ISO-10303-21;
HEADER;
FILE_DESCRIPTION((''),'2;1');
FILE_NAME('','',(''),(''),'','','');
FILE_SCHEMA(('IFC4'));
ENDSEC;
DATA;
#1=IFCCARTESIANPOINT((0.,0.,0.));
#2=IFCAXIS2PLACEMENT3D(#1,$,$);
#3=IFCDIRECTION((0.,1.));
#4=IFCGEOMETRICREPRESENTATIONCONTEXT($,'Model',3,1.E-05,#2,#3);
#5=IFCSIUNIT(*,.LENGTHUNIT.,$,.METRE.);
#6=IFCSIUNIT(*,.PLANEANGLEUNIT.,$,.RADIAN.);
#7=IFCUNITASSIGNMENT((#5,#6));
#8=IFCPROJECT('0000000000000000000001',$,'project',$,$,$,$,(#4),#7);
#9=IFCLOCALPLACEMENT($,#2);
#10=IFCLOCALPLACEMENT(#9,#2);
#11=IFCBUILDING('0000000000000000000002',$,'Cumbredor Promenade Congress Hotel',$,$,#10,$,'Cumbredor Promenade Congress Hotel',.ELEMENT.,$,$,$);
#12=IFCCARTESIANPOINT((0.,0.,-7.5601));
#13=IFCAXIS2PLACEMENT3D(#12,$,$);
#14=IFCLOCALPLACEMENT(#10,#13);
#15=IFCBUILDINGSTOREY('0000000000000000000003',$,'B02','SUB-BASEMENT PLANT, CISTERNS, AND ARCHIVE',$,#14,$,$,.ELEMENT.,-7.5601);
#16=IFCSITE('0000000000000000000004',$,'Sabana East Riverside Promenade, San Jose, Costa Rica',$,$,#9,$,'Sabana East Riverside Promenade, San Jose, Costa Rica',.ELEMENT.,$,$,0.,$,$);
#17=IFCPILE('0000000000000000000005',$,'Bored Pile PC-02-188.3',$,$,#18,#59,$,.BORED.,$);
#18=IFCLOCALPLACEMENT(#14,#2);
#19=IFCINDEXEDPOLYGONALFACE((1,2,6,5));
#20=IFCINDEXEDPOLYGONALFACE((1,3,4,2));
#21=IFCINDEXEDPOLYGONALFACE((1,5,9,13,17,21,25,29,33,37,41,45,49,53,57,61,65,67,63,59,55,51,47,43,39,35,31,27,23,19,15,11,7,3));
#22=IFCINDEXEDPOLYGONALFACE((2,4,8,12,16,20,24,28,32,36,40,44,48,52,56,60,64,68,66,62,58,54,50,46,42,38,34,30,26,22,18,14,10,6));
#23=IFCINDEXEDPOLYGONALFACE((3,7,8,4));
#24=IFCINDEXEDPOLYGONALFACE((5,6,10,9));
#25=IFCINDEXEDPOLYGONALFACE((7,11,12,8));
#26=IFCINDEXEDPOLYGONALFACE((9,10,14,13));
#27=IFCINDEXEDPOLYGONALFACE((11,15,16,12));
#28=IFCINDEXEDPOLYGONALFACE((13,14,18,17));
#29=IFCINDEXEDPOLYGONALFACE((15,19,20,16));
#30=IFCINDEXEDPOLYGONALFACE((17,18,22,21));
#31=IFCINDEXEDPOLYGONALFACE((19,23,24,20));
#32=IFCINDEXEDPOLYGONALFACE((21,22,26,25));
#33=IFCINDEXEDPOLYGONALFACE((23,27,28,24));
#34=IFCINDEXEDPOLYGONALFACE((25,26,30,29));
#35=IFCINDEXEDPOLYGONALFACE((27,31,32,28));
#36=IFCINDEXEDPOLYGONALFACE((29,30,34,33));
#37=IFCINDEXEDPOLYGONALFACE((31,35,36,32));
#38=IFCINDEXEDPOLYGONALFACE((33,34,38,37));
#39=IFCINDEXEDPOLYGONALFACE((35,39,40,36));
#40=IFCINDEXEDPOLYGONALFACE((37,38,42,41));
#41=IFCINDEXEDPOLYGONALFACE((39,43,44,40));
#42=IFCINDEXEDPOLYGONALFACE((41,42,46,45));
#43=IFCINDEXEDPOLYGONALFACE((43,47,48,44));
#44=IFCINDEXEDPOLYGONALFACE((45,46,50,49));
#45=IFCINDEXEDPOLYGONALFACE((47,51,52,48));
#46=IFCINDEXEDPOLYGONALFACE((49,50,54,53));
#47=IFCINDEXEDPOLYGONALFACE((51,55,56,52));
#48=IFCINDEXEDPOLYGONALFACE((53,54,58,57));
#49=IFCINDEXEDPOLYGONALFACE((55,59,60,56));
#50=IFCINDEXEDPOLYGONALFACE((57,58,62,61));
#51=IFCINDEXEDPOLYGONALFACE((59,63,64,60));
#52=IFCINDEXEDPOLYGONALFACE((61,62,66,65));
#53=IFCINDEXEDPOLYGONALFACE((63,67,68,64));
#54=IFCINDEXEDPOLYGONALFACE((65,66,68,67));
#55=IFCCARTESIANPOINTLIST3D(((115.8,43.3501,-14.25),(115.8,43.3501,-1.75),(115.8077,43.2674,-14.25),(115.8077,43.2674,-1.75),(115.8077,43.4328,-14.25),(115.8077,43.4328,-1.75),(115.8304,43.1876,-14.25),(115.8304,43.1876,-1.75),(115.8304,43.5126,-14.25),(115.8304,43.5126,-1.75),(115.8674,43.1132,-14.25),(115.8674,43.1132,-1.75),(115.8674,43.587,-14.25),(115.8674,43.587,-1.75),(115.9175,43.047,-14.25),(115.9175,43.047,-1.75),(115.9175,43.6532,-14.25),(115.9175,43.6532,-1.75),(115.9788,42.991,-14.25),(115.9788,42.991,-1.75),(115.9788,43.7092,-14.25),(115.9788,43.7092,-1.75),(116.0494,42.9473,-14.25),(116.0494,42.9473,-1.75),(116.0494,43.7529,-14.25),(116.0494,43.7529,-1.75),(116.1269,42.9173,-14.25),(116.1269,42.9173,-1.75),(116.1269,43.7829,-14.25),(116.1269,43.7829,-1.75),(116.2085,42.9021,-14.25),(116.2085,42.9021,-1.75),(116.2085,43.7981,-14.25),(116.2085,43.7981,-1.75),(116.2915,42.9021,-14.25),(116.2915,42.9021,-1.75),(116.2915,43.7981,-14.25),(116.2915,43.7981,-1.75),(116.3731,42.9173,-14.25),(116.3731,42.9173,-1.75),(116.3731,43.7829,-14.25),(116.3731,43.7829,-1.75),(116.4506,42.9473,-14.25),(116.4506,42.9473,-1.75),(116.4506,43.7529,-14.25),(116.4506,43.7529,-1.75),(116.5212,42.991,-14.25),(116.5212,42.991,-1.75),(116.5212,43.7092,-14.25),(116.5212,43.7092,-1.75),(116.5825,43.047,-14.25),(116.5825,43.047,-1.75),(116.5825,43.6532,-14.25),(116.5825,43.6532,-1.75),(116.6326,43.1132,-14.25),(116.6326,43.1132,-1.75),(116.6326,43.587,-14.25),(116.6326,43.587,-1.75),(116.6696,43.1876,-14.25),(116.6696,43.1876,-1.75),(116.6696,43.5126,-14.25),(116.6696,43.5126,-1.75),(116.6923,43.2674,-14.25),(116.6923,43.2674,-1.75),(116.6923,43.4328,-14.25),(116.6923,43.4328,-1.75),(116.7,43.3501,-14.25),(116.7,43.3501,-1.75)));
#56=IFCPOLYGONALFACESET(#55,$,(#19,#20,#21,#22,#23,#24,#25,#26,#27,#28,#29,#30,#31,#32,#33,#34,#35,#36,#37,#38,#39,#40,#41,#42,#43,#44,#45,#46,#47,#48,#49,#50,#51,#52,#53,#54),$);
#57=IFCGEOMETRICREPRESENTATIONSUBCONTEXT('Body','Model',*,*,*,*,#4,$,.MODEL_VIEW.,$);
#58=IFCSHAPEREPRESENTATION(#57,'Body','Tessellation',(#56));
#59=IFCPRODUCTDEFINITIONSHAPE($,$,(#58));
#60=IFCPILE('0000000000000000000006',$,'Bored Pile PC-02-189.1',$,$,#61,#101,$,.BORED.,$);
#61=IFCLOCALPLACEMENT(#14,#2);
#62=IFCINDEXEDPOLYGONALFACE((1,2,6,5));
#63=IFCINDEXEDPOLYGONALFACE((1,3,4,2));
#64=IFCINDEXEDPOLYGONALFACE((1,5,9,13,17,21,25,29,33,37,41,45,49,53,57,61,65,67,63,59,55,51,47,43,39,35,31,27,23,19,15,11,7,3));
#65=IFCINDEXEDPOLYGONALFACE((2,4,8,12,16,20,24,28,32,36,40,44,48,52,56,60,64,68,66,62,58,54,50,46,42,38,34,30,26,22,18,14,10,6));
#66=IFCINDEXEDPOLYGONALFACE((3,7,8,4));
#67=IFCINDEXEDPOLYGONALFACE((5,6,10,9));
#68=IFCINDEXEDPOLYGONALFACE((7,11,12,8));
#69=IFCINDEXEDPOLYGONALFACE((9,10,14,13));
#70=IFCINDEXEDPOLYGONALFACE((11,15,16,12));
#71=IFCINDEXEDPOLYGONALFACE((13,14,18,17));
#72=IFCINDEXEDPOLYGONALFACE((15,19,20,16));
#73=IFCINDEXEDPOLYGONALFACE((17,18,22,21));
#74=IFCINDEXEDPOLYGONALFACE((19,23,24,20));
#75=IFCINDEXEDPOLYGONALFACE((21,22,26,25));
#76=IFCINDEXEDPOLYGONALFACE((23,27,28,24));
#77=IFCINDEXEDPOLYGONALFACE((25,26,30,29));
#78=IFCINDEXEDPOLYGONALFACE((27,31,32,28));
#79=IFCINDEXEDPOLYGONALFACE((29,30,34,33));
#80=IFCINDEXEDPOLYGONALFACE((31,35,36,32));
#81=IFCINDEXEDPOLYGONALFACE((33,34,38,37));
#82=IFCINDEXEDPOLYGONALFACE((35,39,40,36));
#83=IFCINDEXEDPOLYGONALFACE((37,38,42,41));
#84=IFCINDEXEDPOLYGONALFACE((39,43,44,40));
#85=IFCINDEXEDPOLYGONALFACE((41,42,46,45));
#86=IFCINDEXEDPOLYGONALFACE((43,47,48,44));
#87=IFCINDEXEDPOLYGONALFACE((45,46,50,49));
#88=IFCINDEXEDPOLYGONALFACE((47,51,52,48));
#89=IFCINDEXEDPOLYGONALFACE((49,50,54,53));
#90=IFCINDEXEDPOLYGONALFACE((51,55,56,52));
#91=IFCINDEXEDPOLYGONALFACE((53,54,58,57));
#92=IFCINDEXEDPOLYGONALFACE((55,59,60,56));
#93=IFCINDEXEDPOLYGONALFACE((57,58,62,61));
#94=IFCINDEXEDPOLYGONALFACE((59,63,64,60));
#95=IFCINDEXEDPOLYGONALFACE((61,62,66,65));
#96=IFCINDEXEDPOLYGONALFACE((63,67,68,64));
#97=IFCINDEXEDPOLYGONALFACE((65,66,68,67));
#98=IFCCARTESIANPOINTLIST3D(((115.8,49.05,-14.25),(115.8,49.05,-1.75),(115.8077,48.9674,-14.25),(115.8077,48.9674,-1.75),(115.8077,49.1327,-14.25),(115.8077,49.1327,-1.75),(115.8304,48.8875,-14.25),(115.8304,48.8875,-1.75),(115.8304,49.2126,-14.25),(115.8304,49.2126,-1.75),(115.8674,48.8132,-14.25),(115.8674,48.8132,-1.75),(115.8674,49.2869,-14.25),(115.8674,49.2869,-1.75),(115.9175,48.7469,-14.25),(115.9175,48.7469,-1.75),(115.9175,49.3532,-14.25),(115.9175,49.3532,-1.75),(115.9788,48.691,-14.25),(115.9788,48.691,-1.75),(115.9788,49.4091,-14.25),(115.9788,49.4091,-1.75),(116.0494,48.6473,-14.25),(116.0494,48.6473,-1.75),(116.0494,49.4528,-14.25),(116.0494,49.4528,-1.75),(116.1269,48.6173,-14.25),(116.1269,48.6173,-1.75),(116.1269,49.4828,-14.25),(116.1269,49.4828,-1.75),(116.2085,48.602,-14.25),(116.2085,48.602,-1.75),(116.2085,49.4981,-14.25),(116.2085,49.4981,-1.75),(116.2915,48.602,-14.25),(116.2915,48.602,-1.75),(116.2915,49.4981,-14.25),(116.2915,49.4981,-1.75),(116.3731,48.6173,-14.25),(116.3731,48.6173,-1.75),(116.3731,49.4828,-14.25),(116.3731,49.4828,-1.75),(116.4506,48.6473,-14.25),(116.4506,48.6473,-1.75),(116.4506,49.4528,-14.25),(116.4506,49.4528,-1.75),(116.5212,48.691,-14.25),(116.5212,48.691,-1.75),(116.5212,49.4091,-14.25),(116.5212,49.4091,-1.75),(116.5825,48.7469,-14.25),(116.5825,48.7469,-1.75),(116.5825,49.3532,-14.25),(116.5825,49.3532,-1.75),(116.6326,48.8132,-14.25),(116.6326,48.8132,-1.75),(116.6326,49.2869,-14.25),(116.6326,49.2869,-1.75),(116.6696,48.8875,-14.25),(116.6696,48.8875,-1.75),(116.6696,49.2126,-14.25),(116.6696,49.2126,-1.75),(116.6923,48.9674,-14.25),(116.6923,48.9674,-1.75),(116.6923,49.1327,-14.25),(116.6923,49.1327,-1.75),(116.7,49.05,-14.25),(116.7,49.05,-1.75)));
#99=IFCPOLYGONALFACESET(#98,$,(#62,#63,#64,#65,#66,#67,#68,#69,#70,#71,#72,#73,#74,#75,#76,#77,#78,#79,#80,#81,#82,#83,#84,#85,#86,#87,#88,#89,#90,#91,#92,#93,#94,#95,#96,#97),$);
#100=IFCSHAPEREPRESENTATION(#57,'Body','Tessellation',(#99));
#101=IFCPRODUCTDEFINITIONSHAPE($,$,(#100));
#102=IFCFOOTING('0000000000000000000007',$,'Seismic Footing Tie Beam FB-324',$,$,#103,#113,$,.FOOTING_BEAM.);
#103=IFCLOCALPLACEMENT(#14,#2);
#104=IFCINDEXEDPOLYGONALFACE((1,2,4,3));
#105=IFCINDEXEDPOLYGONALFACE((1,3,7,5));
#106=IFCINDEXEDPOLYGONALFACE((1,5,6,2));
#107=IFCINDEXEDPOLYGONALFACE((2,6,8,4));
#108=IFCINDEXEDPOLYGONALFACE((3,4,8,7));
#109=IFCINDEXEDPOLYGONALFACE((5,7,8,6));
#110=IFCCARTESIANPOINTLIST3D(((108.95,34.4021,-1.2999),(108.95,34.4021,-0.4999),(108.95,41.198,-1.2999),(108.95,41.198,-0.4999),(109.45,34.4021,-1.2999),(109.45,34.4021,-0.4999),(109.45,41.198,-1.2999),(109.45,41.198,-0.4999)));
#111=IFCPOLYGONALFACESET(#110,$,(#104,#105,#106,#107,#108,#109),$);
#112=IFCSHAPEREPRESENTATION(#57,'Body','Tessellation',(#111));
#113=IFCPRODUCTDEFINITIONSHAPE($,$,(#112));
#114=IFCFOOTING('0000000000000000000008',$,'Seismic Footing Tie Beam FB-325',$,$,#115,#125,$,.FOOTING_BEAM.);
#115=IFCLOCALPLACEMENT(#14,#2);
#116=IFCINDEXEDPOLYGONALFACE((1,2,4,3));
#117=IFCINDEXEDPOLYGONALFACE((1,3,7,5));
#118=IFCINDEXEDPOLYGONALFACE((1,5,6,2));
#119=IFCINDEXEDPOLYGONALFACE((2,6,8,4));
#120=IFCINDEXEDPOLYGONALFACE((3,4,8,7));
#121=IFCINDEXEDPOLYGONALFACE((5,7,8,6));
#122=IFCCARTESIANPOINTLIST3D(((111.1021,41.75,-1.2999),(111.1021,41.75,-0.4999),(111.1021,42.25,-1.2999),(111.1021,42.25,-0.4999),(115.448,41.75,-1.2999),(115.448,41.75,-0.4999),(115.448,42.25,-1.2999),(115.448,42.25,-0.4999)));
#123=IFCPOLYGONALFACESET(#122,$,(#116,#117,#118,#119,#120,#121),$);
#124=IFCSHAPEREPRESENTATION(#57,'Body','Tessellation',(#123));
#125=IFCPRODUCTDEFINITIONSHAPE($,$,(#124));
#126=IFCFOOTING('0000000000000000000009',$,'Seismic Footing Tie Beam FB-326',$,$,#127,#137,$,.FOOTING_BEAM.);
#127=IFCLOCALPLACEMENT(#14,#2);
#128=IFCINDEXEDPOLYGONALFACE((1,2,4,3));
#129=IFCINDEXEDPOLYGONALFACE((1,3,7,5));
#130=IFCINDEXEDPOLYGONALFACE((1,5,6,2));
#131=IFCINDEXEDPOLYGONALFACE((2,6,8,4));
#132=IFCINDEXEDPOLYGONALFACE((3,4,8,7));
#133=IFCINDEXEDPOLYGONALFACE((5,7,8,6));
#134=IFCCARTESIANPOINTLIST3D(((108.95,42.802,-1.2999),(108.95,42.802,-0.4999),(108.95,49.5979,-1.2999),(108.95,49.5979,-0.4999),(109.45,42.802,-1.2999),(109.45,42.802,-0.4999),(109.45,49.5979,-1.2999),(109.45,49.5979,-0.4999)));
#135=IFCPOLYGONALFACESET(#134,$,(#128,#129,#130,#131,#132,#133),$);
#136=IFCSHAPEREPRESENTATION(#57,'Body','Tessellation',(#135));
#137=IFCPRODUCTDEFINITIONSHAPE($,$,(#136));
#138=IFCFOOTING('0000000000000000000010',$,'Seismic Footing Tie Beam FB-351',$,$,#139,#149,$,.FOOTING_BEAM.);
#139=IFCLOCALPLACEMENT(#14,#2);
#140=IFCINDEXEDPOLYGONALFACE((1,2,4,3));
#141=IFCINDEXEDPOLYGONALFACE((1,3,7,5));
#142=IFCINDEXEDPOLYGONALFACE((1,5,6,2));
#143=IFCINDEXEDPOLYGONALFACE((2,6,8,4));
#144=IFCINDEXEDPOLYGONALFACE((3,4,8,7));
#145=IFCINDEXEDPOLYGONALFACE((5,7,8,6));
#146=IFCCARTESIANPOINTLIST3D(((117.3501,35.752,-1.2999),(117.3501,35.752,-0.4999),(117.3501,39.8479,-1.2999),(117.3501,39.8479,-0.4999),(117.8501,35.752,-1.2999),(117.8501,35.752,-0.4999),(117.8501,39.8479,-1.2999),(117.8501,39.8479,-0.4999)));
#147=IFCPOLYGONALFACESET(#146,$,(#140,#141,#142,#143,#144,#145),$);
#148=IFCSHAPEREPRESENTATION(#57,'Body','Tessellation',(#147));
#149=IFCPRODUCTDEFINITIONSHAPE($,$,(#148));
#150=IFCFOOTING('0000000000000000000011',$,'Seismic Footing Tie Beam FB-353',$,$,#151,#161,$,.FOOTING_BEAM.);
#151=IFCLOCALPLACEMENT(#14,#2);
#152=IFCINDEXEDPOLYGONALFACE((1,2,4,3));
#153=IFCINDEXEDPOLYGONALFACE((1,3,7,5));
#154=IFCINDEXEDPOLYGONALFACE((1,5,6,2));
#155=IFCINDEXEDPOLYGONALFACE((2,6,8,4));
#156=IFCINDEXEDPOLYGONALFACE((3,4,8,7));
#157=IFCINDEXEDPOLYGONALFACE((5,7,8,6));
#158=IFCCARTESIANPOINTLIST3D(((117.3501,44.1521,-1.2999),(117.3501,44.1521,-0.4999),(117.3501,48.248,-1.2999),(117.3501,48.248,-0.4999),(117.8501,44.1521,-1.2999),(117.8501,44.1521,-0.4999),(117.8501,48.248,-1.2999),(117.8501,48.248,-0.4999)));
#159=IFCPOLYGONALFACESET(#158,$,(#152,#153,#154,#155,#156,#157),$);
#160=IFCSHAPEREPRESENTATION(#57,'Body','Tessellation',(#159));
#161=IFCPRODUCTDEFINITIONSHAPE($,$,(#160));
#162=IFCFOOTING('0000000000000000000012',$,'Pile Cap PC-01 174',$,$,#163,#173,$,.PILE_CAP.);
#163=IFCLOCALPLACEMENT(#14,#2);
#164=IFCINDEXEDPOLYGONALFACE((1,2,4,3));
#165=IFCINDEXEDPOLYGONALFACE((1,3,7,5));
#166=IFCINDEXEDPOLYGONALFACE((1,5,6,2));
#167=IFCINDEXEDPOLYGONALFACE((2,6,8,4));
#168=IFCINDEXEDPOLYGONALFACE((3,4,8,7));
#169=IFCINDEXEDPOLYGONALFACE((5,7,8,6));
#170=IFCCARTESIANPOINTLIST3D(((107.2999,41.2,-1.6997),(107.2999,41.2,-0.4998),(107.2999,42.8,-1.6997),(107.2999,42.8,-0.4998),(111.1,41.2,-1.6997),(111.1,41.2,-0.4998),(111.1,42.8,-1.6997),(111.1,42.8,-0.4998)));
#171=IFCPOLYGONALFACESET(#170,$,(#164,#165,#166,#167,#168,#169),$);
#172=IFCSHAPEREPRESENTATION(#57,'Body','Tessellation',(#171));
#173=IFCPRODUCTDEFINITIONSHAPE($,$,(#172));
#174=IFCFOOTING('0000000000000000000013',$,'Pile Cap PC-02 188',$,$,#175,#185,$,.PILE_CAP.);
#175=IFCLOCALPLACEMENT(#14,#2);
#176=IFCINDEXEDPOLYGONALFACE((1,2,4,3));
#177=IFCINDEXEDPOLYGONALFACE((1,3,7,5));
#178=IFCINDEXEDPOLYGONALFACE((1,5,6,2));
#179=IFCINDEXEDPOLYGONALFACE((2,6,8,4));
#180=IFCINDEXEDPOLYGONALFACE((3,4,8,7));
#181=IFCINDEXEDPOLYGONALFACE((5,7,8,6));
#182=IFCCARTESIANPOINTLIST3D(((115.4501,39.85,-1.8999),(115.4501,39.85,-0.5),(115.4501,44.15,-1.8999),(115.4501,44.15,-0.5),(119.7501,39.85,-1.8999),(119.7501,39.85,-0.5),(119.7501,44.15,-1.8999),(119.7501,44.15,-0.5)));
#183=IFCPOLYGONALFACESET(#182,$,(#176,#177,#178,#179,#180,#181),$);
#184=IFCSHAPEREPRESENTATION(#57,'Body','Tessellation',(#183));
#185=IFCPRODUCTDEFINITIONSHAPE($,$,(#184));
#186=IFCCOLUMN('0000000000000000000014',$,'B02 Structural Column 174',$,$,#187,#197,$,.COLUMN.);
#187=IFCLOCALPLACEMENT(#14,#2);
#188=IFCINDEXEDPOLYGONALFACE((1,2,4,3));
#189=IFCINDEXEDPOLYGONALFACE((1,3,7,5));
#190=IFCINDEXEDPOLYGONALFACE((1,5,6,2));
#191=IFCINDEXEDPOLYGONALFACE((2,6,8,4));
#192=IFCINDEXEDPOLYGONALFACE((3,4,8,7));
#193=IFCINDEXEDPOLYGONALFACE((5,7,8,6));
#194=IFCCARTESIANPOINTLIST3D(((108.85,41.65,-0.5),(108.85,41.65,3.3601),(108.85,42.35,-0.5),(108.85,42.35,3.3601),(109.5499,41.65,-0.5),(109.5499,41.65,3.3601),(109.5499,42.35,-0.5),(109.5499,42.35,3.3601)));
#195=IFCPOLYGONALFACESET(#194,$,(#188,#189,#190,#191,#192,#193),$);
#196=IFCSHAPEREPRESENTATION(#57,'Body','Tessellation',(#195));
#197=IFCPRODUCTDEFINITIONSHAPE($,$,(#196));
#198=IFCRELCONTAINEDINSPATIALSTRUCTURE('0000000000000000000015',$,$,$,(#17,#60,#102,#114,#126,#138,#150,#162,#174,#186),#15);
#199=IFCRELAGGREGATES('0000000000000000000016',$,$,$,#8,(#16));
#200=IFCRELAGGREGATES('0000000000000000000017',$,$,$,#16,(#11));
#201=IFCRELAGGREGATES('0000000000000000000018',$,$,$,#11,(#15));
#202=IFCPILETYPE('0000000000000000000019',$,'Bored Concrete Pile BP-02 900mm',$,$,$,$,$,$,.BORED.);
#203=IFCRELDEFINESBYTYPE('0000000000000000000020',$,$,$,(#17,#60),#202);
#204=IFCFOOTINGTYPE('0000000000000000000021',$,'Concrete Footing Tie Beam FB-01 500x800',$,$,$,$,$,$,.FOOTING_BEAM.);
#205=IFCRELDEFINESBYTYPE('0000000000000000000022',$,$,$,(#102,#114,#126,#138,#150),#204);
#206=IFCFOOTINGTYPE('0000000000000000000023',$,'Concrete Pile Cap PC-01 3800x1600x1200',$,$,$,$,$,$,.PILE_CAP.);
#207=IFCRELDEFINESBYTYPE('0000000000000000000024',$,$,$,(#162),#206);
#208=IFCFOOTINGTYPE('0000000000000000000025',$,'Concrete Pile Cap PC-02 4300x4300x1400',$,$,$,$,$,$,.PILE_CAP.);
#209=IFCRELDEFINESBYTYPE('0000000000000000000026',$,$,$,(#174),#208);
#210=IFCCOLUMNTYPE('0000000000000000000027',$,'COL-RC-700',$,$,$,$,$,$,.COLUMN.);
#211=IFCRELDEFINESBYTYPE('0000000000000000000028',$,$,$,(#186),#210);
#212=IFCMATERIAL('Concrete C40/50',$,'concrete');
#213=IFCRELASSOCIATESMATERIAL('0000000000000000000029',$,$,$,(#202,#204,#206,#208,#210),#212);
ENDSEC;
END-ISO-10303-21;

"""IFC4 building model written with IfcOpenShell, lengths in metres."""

from ifc_helpers import new_model, si_unit, direction, frame, origin, origin_2d, place, context, subcontext, project, spatial, rectangle, circle, extrude, material, material_profile, profile_set, type_object, element, save


model = new_model("IFC4")

# Units and contexts
model_context = context("Model", 3, precision=1e-05, world=origin(), true_north=direction((0.0, 1.0)))
body_context = subcontext(model_context, "Body", "Model", "MODEL_VIEW")
ifc_project = project(units=[si_unit("LENGTHUNIT", "METRE"), si_unit("PLANEANGLEUNIT", "RADIAN")], contexts=[model_context])

# Site, building, storey
site_placement = place(None, origin())
site = spatial("IfcSite", under=ifc_project, at=site_placement, Name="Sabana East Riverside Promenade, San Jose, Costa Rica", LongName="Sabana East Riverside Promenade, San Jose, Costa Rica", CompositionType="ELEMENT", RefElevation=0.0)
building_placement = place(site_placement, origin())
building = spatial("IfcBuilding", under=site, at=building_placement, Name="Cumbredor Promenade Congress Hotel", LongName="Cumbredor Promenade Congress Hotel", CompositionType="ELEMENT")
storey_placement = place(building_placement, frame((0.0, 0.0, -7.5601)))
storey = spatial("IfcBuildingStorey", under=building, at=storey_placement, Name="B02", Description="SUB-BASEMENT PLANT, CISTERNS, AND ARCHIVE", CompositionType="ELEMENT", Elevation=-7.5601)

# Piles
ifc_material_1 = material(Name="Concrete C40/50", Category="concrete")
ifc_material_profile_1 = material_profile(ifc_material_1, circle(Radius=0.45, at=origin_2d()), Name="PILE D900")
ifc_profile_set_1 = profile_set([ifc_material_profile_1], Name="Concrete C40/50")
pile_type_1 = type_object("IfcPileType", Name="Bored Concrete Pile BP-02 900mm", PredefinedType="BORED", material=ifc_profile_set_1)
for number, where, z_axis, x_axis, name in (
    (1, (116.25, 43.3501, -1.75), (0.0, 0.0, -1.0), (1.0, 0.0, 0.0), "Bored Pile PC-02-188.3"),
    (2, (116.25, 49.05, -1.75), (0.0, 0.0, -1.0), (1.0, 0.0, 0.0), "Bored Pile PC-02-189.1"),
):
    element("IfcPile", number, at=place(storey_placement, frame(where, z_axis=z_axis, x_axis=x_axis)), inside=storey, type_object=pile_type_1, Name=name, PredefinedType="BORED", context=body_context, shape_type="SweptSolid", body=[
        extrude(circle(Radius=0.45, at=origin_2d()), origin(), (0.0, 0.0, 1.0), 12.5),
    ])

# Footings
ifc_material_profile_2 = material_profile(ifc_material_1, rectangle(XDim=0.5, YDim=0.8, at=origin_2d()), Name="FB 500x800")
ifc_profile_set_2 = profile_set([ifc_material_profile_2], Name="Concrete C40/50")
footing_type_1 = type_object("IfcFootingType", Name="Concrete Footing Tie Beam FB-01 500x800", PredefinedType="FOOTING_BEAM", material=ifc_profile_set_2)
footing_1_placement = place(storey_placement, frame((109.2, 34.4021, -0.8999), z_axis=(0.0, 1.0, 0.0), x_axis=(-1.0, 0.0, 0.0)))
element("IfcFooting", 3, at=footing_1_placement, inside=storey, type_object=footing_type_1, Name="Seismic Footing Tie Beam FB-324", PredefinedType="FOOTING_BEAM", context=body_context, shape_type="SweptSolid", body=[
    extrude(rectangle(XDim=0.5, YDim=0.8, at=origin_2d()), origin(), (0.0, 0.0, 1.0), 6.7959),
])
footing_2_placement = place(storey_placement, frame((111.1021, 42.0, -0.8999), z_axis=(1.0, 0.0, 0.0), x_axis=(0.0, 1.0, 0.0)))
element("IfcFooting", 4, at=footing_2_placement, inside=storey, type_object=footing_type_1, Name="Seismic Footing Tie Beam FB-325", PredefinedType="FOOTING_BEAM", context=body_context, shape_type="SweptSolid", body=[
    extrude(rectangle(XDim=0.5, YDim=0.8, at=origin_2d()), origin(), (0.0, 0.0, 1.0), 4.3459),
])
footing_3_placement = place(storey_placement, frame((109.2, 42.802, -0.8999), z_axis=(0.0, 1.0, 0.0), x_axis=(-1.0, 0.0, 0.0)))
element("IfcFooting", 5, at=footing_3_placement, inside=storey, type_object=footing_type_1, Name="Seismic Footing Tie Beam FB-326", PredefinedType="FOOTING_BEAM", context=body_context, shape_type="SweptSolid", body=[
    extrude(rectangle(XDim=0.5, YDim=0.8, at=origin_2d()), origin(), (0.0, 0.0, 1.0), 6.7959),
])
for number, where, z_axis, x_axis, name in (
    (6, (117.6001, 35.752, -0.8999), (0.0, 1.0, 0.0), (-1.0, 0.0, 0.0), "Seismic Footing Tie Beam FB-351"),
    (7, (117.6001, 44.1521, -0.8999), (0.0, 1.0, 0.0), (-1.0, 0.0, 0.0), "Seismic Footing Tie Beam FB-353"),
):
    element("IfcFooting", number, at=place(storey_placement, frame(where, z_axis=z_axis, x_axis=x_axis)), inside=storey, type_object=footing_type_1, Name=name, PredefinedType="FOOTING_BEAM", context=body_context, shape_type="SweptSolid", body=[
        extrude(rectangle(XDim=0.5, YDim=0.8, at=origin_2d()), origin(), (0.0, 0.0, 1.0), 4.0959),
    ])
footing_type_2 = type_object("IfcFootingType", Name="Concrete Pile Cap PC-01 3800x1600x1200", PredefinedType="PILE_CAP", material=ifc_material_1)
footing_4_placement = place(storey_placement, frame((109.2, 42.0, -1.6997), z_axis=(0.0, 0.0, 1.0), x_axis=(1.0, 0.0, 0.0)))
element("IfcFooting", 8, at=footing_4_placement, inside=storey, type_object=footing_type_2, Name="Pile Cap PC-01 174", PredefinedType="PILE_CAP", context=body_context, shape_type="SweptSolid", body=[
    extrude(rectangle(XDim=3.8, YDim=1.6001, at=origin_2d()), origin(), (0.0, 0.0, 1.0), 1.2),
])
footing_type_3 = type_object("IfcFootingType", Name="Concrete Pile Cap PC-02 4300x4300x1400", PredefinedType="PILE_CAP", material=ifc_material_1)
footing_5_placement = place(storey_placement, frame((117.6001, 42.0, -1.8999), z_axis=(0.0, 0.0, 1.0), x_axis=(1.0, 0.0, 0.0)))
element("IfcFooting", 9, at=footing_5_placement, inside=storey, type_object=footing_type_3, Name="Pile Cap PC-02 188", PredefinedType="PILE_CAP", context=body_context, shape_type="SweptSolid", body=[
    extrude(rectangle(XDim=4.3, YDim=4.3, at=origin_2d()), origin(), (0.0, 0.0, 1.0), 1.3999),
])

# Column
ifc_material_profile_3 = material_profile(ifc_material_1, rectangle(XDim=0.7, YDim=0.7, at=origin_2d()), Name="RC 700x700")
ifc_profile_set_3 = profile_set([ifc_material_profile_3], Name="Concrete C40/50")
column_type_1 = type_object("IfcColumnType", Name="COL-RC-700", PredefinedType="COLUMN", material=ifc_profile_set_3)
column_1_placement = place(storey_placement, frame((109.2, 42.0, -0.5), z_axis=(0.0, 0.0, 1.0), x_axis=(1.0, 0.0, 0.0)))
element("IfcColumn", 10, at=column_1_placement, inside=storey, type_object=column_type_1, Name="B02 Structural Column 174", PredefinedType="COLUMN", context=body_context, shape_type="SweptSolid", body=[
    extrude(rectangle(XDim=0.7, YDim=0.7, at=origin_2d()), origin(), (0.0, 0.0, 1.0), 3.8601),
])

save(model, "model.ifc")
